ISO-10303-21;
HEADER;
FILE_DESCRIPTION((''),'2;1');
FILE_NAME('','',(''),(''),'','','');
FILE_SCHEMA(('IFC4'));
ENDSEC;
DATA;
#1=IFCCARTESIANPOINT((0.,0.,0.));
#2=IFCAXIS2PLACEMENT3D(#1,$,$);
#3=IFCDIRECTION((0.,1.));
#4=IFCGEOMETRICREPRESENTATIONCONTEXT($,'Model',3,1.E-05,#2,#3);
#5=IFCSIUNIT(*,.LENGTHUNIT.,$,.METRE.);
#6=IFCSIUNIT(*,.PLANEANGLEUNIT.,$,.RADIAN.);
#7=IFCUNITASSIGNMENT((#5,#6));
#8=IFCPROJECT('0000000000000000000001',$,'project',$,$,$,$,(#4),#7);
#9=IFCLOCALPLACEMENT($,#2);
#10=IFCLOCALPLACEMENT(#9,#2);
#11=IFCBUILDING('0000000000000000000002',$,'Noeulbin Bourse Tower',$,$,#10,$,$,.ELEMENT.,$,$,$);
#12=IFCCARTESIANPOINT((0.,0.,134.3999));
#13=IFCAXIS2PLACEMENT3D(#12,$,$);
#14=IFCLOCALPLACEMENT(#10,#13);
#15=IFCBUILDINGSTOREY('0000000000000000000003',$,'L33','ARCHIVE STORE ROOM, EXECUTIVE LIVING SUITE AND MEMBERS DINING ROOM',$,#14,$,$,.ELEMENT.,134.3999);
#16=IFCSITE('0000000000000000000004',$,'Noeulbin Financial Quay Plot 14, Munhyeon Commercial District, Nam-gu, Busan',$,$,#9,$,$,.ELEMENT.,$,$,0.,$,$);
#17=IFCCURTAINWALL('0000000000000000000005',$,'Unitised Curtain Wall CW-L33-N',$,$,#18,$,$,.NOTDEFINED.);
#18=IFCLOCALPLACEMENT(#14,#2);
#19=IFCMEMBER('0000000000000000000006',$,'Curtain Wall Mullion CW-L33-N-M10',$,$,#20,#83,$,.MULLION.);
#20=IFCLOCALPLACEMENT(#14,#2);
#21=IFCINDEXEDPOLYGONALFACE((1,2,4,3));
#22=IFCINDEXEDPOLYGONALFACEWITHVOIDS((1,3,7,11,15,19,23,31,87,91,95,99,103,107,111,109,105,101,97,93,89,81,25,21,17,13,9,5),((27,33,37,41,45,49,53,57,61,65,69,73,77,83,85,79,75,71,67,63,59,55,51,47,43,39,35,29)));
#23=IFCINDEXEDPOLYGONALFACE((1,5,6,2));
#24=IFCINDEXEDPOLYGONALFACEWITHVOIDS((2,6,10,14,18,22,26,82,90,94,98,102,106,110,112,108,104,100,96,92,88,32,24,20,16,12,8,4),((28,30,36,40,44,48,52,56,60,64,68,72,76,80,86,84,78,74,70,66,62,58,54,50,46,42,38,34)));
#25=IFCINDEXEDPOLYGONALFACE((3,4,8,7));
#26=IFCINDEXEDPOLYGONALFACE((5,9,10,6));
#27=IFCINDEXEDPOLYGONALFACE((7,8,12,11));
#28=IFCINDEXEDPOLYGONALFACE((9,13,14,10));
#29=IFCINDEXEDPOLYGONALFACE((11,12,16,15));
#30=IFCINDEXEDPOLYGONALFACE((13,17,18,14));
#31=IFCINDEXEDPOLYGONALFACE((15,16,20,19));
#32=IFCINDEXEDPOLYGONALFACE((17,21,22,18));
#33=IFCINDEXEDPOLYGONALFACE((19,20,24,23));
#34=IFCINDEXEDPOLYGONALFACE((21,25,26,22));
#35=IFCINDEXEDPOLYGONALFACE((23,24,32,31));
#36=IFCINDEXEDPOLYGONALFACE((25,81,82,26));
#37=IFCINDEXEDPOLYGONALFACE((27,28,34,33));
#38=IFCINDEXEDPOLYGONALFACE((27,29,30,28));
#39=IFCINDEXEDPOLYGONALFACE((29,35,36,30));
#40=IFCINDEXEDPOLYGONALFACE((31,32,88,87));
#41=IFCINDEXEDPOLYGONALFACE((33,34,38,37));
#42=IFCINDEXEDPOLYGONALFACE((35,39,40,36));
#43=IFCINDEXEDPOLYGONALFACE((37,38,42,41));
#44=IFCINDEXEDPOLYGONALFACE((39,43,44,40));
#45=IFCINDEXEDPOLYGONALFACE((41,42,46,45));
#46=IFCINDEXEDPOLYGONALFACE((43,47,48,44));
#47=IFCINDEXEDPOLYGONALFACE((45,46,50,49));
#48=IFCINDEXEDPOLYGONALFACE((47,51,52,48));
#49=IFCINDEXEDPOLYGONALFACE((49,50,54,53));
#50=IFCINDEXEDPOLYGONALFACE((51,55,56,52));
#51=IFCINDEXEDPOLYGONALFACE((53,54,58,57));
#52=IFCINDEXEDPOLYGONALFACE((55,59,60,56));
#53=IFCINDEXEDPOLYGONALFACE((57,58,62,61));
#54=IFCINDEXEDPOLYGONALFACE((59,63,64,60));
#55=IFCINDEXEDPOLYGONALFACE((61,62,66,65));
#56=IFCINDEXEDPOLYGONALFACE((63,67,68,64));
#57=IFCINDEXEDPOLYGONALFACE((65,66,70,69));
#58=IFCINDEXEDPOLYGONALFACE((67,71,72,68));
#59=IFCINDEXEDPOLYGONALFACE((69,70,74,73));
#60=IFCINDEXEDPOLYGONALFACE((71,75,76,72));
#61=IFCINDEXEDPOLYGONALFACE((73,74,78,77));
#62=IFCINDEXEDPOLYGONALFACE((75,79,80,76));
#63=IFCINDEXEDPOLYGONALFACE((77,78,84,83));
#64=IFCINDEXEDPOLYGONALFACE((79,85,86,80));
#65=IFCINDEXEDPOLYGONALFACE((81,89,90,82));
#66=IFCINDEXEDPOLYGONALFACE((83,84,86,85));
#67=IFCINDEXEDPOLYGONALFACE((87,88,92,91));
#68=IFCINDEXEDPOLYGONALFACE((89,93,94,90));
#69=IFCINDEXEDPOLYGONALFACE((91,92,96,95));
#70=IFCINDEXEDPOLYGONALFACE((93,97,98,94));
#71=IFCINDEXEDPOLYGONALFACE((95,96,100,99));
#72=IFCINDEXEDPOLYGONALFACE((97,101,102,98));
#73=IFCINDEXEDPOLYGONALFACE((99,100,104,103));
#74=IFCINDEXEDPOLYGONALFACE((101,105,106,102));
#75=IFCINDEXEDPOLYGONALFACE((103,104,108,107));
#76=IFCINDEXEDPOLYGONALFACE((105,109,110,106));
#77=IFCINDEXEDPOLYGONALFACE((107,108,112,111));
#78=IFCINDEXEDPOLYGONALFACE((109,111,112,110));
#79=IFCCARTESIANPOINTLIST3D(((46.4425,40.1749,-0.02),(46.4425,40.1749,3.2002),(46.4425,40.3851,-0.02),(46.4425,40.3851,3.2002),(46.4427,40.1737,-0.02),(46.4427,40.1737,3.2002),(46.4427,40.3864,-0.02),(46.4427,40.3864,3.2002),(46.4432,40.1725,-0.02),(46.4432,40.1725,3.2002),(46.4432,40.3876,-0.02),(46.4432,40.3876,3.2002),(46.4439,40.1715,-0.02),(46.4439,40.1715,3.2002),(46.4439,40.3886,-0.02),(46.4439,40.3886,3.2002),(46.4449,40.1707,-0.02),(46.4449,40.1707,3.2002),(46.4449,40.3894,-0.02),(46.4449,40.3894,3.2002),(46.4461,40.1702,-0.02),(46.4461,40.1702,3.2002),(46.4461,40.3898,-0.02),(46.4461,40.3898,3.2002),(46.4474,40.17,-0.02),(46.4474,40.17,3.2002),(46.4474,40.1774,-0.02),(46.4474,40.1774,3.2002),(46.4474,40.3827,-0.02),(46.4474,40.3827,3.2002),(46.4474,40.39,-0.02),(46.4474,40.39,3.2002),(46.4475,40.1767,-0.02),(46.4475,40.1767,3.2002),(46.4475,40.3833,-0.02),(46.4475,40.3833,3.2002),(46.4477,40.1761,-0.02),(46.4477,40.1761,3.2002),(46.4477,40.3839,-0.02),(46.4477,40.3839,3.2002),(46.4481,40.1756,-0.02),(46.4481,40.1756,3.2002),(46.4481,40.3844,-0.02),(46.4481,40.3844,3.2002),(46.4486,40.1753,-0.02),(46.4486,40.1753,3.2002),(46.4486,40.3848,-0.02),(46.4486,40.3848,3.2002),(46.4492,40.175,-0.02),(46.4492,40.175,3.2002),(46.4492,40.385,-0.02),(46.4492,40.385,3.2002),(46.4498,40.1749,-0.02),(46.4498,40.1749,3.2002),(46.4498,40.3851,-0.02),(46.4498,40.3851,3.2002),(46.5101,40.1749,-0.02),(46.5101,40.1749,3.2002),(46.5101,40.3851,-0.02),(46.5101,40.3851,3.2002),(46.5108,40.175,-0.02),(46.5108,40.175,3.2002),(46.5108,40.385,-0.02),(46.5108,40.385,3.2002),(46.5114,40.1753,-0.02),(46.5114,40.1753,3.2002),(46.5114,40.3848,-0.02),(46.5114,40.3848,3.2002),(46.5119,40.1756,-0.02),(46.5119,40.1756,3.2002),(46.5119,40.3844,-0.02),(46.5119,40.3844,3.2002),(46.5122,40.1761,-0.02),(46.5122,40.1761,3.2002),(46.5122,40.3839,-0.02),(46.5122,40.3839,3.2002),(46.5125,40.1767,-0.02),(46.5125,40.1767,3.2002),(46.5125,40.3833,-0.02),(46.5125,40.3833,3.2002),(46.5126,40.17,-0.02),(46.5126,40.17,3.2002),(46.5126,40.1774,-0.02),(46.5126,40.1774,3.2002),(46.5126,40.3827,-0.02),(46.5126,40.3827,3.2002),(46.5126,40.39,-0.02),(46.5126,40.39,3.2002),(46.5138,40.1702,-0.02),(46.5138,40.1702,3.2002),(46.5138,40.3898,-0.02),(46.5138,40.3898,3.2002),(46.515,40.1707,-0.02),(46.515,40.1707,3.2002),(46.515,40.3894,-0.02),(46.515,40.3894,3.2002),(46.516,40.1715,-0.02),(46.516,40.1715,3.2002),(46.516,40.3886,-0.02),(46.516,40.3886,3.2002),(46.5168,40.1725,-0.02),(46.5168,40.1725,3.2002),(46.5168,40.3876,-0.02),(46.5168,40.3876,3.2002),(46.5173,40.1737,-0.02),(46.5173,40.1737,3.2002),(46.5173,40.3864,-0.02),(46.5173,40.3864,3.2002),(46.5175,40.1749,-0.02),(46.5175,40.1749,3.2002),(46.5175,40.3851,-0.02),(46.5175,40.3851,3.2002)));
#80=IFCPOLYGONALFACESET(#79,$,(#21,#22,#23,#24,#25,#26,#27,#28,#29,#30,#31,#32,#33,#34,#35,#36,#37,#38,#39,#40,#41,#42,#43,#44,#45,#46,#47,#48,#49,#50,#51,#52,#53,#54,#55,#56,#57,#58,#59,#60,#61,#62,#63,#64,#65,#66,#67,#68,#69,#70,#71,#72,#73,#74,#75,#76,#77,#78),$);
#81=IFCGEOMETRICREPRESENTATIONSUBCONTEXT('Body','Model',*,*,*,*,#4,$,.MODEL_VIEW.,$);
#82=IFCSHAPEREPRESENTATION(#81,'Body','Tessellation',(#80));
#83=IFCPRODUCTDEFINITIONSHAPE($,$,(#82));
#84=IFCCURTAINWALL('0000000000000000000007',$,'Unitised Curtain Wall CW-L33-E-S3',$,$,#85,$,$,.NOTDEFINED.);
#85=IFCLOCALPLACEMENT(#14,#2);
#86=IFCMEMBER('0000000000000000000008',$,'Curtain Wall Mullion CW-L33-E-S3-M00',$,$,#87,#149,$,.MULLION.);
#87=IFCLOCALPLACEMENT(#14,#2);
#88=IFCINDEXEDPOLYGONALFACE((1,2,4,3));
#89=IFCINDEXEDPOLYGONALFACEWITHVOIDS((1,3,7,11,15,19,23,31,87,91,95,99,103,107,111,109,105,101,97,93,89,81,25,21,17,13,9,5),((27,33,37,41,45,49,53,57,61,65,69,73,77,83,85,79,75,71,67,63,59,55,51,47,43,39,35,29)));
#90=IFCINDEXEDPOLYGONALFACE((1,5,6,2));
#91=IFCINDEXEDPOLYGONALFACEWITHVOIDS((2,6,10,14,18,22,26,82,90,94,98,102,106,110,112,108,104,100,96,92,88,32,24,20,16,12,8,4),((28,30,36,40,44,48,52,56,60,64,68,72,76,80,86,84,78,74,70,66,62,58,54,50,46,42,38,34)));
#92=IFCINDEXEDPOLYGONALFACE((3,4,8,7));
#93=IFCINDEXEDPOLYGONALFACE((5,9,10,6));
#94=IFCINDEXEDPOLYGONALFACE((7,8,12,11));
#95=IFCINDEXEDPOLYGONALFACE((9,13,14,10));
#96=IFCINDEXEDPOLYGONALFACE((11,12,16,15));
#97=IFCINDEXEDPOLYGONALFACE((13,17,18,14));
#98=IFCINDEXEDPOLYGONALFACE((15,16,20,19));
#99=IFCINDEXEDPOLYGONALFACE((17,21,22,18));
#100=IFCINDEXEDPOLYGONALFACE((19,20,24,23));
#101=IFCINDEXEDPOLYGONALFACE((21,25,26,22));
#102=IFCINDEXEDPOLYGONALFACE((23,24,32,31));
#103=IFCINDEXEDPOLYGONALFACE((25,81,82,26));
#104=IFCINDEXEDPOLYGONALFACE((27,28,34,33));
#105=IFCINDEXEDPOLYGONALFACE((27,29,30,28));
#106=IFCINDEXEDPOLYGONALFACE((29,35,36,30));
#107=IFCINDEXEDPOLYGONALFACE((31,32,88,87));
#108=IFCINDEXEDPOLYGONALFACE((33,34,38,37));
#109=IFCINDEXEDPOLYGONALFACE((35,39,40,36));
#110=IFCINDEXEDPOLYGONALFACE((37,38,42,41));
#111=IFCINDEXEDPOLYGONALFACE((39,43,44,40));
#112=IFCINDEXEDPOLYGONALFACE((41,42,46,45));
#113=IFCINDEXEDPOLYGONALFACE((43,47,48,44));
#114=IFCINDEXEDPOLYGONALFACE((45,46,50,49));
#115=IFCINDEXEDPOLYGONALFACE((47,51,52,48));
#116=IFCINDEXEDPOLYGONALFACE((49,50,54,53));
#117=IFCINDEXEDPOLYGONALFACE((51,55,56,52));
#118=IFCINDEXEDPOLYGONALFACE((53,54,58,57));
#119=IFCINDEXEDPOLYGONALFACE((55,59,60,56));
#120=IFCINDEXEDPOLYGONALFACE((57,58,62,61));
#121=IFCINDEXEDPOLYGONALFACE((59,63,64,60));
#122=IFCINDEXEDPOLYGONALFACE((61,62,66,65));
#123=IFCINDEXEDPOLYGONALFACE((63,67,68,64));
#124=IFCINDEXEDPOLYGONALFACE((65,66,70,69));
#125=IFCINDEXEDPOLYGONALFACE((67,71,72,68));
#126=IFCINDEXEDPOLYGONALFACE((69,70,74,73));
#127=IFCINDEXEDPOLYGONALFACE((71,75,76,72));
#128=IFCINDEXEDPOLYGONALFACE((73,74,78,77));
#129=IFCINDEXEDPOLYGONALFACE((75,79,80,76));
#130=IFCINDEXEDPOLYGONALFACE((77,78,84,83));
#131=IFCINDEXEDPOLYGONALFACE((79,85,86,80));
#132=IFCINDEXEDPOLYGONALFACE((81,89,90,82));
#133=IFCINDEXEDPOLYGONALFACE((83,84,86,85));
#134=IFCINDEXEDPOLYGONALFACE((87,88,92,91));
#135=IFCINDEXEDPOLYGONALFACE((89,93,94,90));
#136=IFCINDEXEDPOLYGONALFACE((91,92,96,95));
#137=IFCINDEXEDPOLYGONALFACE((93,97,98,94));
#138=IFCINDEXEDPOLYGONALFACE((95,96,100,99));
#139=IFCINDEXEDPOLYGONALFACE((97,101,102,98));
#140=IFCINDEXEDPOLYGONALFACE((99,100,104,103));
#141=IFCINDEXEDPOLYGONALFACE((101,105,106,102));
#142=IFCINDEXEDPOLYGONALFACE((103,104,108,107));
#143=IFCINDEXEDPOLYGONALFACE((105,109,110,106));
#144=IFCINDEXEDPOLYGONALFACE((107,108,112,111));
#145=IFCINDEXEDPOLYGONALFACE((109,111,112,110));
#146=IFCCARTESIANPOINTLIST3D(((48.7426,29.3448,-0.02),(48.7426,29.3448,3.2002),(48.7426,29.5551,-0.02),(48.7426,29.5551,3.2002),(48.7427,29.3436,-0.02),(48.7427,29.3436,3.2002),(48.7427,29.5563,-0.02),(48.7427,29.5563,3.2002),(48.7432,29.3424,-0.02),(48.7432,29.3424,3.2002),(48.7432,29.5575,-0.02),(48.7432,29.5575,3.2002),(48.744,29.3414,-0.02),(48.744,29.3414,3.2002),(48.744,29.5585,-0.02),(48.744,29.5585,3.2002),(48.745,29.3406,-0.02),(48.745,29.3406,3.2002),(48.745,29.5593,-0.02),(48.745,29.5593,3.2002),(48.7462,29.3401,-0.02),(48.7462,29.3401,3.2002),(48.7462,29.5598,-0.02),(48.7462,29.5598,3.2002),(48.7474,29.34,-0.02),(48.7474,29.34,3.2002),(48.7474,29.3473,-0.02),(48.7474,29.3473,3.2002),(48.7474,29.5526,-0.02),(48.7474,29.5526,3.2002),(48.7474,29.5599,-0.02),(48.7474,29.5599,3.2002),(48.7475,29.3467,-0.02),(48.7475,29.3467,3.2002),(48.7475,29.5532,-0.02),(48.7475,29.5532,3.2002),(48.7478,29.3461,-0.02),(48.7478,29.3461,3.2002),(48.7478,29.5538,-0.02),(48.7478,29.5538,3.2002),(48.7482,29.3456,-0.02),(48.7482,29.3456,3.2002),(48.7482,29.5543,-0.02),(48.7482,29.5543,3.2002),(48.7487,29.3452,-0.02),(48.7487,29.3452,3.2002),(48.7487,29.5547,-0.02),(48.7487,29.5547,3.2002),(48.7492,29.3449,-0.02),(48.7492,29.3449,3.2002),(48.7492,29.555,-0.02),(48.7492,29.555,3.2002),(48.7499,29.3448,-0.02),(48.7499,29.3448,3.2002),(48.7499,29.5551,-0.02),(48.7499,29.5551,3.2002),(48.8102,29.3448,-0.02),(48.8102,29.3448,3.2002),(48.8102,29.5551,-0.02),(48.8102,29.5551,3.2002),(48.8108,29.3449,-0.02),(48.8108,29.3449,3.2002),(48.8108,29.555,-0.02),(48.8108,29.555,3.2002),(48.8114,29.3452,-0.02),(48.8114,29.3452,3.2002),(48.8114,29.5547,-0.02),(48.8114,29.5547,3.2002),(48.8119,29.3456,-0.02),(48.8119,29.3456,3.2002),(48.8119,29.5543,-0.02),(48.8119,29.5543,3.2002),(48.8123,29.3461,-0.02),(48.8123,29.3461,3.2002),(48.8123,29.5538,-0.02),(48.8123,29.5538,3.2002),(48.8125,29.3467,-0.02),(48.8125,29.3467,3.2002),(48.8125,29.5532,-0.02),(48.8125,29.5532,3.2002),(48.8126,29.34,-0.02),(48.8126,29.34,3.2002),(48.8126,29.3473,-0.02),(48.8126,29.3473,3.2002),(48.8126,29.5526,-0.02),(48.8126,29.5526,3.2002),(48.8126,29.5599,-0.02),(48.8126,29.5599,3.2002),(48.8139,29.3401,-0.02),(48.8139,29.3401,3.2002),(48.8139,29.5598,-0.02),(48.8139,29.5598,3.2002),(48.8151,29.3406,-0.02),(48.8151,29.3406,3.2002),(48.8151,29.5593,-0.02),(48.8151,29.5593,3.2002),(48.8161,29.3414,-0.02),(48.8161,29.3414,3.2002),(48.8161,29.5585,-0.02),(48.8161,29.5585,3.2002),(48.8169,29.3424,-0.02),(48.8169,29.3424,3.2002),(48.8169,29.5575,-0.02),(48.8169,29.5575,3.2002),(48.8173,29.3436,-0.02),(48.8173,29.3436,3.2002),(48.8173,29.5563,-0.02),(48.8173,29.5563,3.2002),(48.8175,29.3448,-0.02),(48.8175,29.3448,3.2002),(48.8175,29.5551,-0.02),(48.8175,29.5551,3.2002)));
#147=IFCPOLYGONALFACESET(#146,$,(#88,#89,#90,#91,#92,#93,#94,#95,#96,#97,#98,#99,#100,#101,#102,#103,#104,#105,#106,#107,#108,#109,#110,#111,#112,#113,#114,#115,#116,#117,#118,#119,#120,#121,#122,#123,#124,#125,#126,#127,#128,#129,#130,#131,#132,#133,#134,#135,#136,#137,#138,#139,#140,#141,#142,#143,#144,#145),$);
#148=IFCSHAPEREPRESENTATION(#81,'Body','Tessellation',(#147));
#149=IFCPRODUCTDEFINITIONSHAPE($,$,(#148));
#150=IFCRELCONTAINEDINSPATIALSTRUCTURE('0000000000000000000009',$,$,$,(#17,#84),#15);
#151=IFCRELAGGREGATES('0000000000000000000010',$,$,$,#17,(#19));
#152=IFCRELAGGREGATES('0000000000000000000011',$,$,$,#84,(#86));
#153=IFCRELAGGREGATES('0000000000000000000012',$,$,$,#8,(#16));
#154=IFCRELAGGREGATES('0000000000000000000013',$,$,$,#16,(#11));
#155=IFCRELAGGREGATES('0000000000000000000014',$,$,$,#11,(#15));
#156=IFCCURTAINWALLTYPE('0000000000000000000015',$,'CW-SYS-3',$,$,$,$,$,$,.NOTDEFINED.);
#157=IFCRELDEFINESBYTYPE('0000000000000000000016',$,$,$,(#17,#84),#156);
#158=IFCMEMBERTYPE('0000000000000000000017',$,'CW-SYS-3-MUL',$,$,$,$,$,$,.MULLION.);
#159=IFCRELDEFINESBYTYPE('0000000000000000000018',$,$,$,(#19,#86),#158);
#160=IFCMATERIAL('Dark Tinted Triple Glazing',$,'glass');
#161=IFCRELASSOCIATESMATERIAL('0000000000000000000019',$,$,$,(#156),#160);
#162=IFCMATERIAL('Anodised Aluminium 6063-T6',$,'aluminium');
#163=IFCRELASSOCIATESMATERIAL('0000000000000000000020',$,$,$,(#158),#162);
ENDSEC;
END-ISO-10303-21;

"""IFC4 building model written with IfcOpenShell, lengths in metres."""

from ifc_helpers import new_model, si_unit, direction, frame, origin, origin_2d, place, context, subcontext, project, spatial, hollow_rectangle, extrude, material, material_profile, profile_set, type_object, element, aggregate, save


model = new_model("IFC4")

# Units and contexts
model_context = context("Model", 3, precision=1e-05, world=origin(), true_north=direction((0.0, 1.0)))
body_context = subcontext(model_context, "Body", "Model", "MODEL_VIEW")
ifc_project = project(units=[si_unit("LENGTHUNIT", "METRE"), si_unit("PLANEANGLEUNIT", "RADIAN")], contexts=[model_context])

# Site, building, storey
site_placement = place(None, origin())
site = spatial("IfcSite", under=ifc_project, at=site_placement, Name="Noeulbin Financial Quay Plot 14, Munhyeon Commercial District, Nam-gu, Busan", CompositionType="ELEMENT", RefElevation=0.0)
building_placement = place(site_placement, origin())
building = spatial("IfcBuilding", under=site, at=building_placement, Name="Noeulbin Bourse Tower", CompositionType="ELEMENT")
storey_placement = place(building_placement, frame((0.0, 0.0, 134.3999)))
storey = spatial("IfcBuildingStorey", under=building, at=storey_placement, Name="L33", Description="ARCHIVE STORE ROOM, EXECUTIVE LIVING SUITE AND MEMBERS DINING ROOM", CompositionType="ELEMENT", Elevation=134.3999)

# Curtain walls, members
ifc_material_1 = material(Name="Dark Tinted Triple Glazing", Category="glass")
curtain_wall_type = type_object("IfcCurtainWallType", Name="CW-SYS-3", PredefinedType="NOTDEFINED", material=ifc_material_1)
curtain_wall_1_placement = place(storey_placement, origin())
curtain_wall_1 = element("IfcCurtainWall", 1, at=curtain_wall_1_placement, inside=storey, type_object=curtain_wall_type, Name="Unitised Curtain Wall CW-L33-N", PredefinedType="NOTDEFINED")
ifc_material_2 = material(Name="Anodised Aluminium 6063-T6", Category="aluminium")
ifc_material_profile_1 = material_profile(ifc_material_2, hollow_rectangle(XDim=0.075, YDim=0.22, WallThickness=0.0049, InnerFilletRadius=0.0024, OuterFilletRadius=0.0049, at=origin_2d()), Name="ALU-MULL-75x220x5", Category="LoadBearing")
ifc_profile_set_1 = profile_set([ifc_material_profile_1], Name="Anodised Aluminium 6063-T6")
member_type_1 = type_object("IfcMemberType", Name="CW-SYS-3-MUL", PredefinedType="MULLION", material=ifc_profile_set_1)
member_1_placement = place(storey_placement, frame((46.48, 40.28, -0.02), z_axis=(0.0, 0.0, 1.0), x_axis=(1.0, 0.0, 0.0)))
member_1 = element("IfcMember", 2, at=member_1_placement, type_object=member_type_1, Name="Curtain Wall Mullion CW-L33-N-M10", PredefinedType="MULLION", context=body_context, shape_type="SweptSolid", body=[
    extrude(hollow_rectangle(XDim=0.075, YDim=0.22, WallThickness=0.0049, InnerFilletRadius=0.0024, OuterFilletRadius=0.0049, at=origin_2d()), origin(), (0.0, 0.0, 1.0), 3.2202),
])
curtain_wall_2_placement = place(storey_placement, origin())
curtain_wall_2 = element("IfcCurtainWall", 3, at=curtain_wall_2_placement, inside=storey, type_object=curtain_wall_type, Name="Unitised Curtain Wall CW-L33-E-S3", PredefinedType="NOTDEFINED")
member_2_placement = place(storey_placement, frame((48.78, 29.45, -0.02), z_axis=(0.0, 0.0, 1.0), x_axis=(1.0, 0.0, 0.0)))
member_2 = element("IfcMember", 4, at=member_2_placement, type_object=member_type_1, Name="Curtain Wall Mullion CW-L33-E-S3-M00", PredefinedType="MULLION", context=body_context, shape_type="SweptSolid", body=[
    extrude(hollow_rectangle(XDim=0.075, YDim=0.22, WallThickness=0.0049, InnerFilletRadius=0.0024, OuterFilletRadius=0.0049, at=origin_2d()), origin(), (0.0, 0.0, 1.0), 3.2202),
])

aggregate(curtain_wall_1, [member_1])
aggregate(curtain_wall_2, [member_2])

save(model, "model.ifc")
